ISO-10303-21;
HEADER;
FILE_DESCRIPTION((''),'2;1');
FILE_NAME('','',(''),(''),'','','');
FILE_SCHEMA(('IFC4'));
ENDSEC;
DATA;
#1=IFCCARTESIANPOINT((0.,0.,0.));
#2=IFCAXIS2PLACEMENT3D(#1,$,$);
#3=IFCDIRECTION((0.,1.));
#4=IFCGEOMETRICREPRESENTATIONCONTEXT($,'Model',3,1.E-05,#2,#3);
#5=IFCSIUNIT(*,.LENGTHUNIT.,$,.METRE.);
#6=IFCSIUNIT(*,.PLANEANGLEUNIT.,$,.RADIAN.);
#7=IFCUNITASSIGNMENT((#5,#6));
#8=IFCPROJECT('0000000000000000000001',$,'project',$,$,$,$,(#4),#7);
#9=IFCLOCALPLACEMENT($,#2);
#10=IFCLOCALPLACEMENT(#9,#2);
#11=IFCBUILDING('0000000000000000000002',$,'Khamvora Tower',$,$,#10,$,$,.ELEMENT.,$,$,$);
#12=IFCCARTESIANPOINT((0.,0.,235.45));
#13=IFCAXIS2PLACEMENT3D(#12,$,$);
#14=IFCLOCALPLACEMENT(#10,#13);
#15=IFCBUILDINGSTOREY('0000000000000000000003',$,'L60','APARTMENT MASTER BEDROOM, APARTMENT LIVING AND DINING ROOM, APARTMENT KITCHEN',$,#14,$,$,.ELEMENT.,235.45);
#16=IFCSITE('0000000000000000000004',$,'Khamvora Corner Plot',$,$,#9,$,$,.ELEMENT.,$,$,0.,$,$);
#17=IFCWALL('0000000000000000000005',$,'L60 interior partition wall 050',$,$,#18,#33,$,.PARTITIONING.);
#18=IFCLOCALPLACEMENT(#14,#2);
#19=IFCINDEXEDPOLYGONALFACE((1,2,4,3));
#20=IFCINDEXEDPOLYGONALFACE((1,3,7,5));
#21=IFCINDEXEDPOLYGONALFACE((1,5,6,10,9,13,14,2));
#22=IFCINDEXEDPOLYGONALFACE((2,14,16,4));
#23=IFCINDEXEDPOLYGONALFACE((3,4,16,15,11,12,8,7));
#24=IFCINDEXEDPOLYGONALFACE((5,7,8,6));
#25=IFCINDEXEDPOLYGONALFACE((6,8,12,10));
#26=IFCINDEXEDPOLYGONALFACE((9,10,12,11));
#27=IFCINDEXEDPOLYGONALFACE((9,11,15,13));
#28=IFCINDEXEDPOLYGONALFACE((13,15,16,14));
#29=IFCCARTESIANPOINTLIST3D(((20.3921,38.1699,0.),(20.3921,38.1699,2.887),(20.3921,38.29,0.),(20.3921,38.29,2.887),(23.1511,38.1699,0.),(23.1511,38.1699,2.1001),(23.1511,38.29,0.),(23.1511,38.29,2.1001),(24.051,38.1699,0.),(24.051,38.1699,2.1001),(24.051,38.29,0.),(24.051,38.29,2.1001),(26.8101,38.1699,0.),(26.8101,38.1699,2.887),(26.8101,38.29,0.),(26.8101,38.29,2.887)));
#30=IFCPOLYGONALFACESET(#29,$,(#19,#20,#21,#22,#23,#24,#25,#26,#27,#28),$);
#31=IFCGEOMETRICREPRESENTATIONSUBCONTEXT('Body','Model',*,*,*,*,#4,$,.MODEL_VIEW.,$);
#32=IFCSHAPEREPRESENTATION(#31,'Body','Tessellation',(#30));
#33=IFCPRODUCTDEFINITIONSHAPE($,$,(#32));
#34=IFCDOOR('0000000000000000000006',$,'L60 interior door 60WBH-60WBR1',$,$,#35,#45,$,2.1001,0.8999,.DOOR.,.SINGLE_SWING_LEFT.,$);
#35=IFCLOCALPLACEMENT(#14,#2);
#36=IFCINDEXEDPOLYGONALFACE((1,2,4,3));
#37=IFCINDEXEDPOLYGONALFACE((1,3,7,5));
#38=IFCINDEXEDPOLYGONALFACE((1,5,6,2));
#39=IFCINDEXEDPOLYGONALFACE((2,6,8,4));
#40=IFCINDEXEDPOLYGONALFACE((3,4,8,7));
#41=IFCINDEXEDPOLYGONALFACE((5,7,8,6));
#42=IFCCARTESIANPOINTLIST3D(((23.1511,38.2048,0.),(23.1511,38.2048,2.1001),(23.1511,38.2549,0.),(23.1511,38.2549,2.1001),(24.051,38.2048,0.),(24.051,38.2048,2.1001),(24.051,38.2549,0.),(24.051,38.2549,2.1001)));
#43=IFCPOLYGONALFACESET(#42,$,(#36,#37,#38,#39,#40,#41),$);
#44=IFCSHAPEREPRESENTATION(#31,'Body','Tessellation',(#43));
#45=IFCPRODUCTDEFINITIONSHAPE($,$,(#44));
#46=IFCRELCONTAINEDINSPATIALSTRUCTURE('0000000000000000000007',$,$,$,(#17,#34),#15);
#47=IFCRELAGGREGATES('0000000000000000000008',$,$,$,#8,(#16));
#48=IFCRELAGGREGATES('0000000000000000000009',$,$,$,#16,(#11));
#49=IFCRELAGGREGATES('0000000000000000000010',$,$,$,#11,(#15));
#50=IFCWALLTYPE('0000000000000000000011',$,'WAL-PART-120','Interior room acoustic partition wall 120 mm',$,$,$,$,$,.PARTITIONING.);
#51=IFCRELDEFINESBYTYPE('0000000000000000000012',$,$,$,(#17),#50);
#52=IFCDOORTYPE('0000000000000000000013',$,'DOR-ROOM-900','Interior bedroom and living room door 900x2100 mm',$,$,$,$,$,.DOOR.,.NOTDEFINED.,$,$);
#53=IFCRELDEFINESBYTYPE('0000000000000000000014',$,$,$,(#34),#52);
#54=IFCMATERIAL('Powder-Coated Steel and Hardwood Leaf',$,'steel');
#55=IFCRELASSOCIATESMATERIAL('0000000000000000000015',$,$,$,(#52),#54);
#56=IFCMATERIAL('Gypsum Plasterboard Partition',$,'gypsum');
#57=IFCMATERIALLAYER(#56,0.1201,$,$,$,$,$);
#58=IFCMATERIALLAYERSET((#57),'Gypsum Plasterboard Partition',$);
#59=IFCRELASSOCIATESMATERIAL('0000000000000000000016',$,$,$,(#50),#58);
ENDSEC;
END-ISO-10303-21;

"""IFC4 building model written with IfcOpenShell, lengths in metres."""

from ifc_helpers import new_model, si_unit, direction, frame, frame_2d, origin, place, context, subcontext, project, spatial, rectangle, extrude, material, layer, layer_set, type_object, element, fill, save


model = new_model("IFC4")

# Units and contexts
model_context = context("Model", 3, precision=1e-05, world=origin(), true_north=direction((0.0, 1.0)))
body_context = subcontext(model_context, "Body", "Model", "MODEL_VIEW")
ifc_project = project(units=[si_unit("LENGTHUNIT", "METRE"), si_unit("PLANEANGLEUNIT", "RADIAN")], contexts=[model_context])

# Site, building, storey
site_placement = place(None, origin())
site = spatial("IfcSite", under=ifc_project, at=site_placement, Name="Khamvora Corner Plot", CompositionType="ELEMENT", RefElevation=0.0)
building_placement = place(site_placement, origin())
building = spatial("IfcBuilding", under=site, at=building_placement, Name="Khamvora Tower", CompositionType="ELEMENT")
storey_placement = place(building_placement, frame((0.0, 0.0, 235.45)))
storey = spatial("IfcBuildingStorey", under=building, at=storey_placement, Name="L60", Description="APARTMENT MASTER BEDROOM, APARTMENT LIVING AND DINING ROOM, APARTMENT KITCHEN", CompositionType="ELEMENT", Elevation=235.45)

# Shared definitions
ifc_material_1 = material(Name="Powder-Coated Steel and Hardwood Leaf", Category="steel")
door_type = type_object("IfcDoorType", Name="DOR-ROOM-900", Description="Interior bedroom and living room door 900x2100 mm", OperationType="NOTDEFINED", PredefinedType="DOOR", material=ifc_material_1)

# Shared definitions
ifc_material_2 = material(Name="Gypsum Plasterboard Partition", Category="gypsum")
ifc_layer_1 = layer(ifc_material_2, 0.1201)
ifc_layer_set_1 = layer_set([ifc_layer_1], Name="Gypsum Plasterboard Partition")
wall_type_1 = type_object("IfcWallType", Name="WAL-PART-120", Description="Interior room acoustic partition wall 120 mm", PredefinedType="PARTITIONING", material=ifc_layer_set_1)

# Wall, opening, door
wall_1_placement = place(storey_placement, frame((20.3921, 38.23, 0.0), z_axis=(0.0, 0.0, 1.0), x_axis=(1.0, 0.0, 0.0)))
wall_1 = element("IfcWall", 1, at=wall_1_placement, inside=storey, type_object=wall_type_1, Name="L60 interior partition wall 050", PredefinedType="PARTITIONING", context=body_context, shape_type="SweptSolid", body=[
    extrude(rectangle(XDim=6.418, YDim=0.1201, at=frame_2d((3.209, 0.0))), origin(), (0.0, 0.0, 1.0), 2.887),
])
opening_1_placement = place(wall_1_placement, frame((2.759, 0.0, 0.0)))
opening_1 = element("IfcOpeningElement", 2, at=opening_1_placement, cuts=wall_1, PredefinedType="OPENING", context=body_context, shape_type="SweptSolid", body=[
    extrude(rectangle(XDim=0.8999, YDim=2.1001, at=frame_2d((0.45, 1.05))), frame((0.0, 0.0701, 0.0), z_axis=(0.0, -1.0, 0.0), x_axis=(1.0, 0.0, 0.0)), (0.0, 0.0, 1.0), 0.1401),
])
door_1_placement = place(opening_1_placement, origin())
door_1 = element("IfcDoor", 3, at=door_1_placement, inside=storey, type_object=door_type, Name="L60 interior door 60WBH-60WBR1", OperationType="SINGLE_SWING_LEFT", OverallHeight=2.1001, OverallWidth=0.8999, PredefinedType="DOOR", context=body_context, shape_type="SweptSolid", body=[
    extrude(rectangle(XDim=0.8999, YDim=2.1001, at=frame_2d((0.45, 1.05))), frame((0.0, 0.0249, 0.0), z_axis=(0.0, -1.0, 0.0), x_axis=(1.0, 0.0, 0.0)), (0.0, 0.0, 1.0), 0.05),
])
fill(opening_1, door_1)

save(model, "model.ifc")
